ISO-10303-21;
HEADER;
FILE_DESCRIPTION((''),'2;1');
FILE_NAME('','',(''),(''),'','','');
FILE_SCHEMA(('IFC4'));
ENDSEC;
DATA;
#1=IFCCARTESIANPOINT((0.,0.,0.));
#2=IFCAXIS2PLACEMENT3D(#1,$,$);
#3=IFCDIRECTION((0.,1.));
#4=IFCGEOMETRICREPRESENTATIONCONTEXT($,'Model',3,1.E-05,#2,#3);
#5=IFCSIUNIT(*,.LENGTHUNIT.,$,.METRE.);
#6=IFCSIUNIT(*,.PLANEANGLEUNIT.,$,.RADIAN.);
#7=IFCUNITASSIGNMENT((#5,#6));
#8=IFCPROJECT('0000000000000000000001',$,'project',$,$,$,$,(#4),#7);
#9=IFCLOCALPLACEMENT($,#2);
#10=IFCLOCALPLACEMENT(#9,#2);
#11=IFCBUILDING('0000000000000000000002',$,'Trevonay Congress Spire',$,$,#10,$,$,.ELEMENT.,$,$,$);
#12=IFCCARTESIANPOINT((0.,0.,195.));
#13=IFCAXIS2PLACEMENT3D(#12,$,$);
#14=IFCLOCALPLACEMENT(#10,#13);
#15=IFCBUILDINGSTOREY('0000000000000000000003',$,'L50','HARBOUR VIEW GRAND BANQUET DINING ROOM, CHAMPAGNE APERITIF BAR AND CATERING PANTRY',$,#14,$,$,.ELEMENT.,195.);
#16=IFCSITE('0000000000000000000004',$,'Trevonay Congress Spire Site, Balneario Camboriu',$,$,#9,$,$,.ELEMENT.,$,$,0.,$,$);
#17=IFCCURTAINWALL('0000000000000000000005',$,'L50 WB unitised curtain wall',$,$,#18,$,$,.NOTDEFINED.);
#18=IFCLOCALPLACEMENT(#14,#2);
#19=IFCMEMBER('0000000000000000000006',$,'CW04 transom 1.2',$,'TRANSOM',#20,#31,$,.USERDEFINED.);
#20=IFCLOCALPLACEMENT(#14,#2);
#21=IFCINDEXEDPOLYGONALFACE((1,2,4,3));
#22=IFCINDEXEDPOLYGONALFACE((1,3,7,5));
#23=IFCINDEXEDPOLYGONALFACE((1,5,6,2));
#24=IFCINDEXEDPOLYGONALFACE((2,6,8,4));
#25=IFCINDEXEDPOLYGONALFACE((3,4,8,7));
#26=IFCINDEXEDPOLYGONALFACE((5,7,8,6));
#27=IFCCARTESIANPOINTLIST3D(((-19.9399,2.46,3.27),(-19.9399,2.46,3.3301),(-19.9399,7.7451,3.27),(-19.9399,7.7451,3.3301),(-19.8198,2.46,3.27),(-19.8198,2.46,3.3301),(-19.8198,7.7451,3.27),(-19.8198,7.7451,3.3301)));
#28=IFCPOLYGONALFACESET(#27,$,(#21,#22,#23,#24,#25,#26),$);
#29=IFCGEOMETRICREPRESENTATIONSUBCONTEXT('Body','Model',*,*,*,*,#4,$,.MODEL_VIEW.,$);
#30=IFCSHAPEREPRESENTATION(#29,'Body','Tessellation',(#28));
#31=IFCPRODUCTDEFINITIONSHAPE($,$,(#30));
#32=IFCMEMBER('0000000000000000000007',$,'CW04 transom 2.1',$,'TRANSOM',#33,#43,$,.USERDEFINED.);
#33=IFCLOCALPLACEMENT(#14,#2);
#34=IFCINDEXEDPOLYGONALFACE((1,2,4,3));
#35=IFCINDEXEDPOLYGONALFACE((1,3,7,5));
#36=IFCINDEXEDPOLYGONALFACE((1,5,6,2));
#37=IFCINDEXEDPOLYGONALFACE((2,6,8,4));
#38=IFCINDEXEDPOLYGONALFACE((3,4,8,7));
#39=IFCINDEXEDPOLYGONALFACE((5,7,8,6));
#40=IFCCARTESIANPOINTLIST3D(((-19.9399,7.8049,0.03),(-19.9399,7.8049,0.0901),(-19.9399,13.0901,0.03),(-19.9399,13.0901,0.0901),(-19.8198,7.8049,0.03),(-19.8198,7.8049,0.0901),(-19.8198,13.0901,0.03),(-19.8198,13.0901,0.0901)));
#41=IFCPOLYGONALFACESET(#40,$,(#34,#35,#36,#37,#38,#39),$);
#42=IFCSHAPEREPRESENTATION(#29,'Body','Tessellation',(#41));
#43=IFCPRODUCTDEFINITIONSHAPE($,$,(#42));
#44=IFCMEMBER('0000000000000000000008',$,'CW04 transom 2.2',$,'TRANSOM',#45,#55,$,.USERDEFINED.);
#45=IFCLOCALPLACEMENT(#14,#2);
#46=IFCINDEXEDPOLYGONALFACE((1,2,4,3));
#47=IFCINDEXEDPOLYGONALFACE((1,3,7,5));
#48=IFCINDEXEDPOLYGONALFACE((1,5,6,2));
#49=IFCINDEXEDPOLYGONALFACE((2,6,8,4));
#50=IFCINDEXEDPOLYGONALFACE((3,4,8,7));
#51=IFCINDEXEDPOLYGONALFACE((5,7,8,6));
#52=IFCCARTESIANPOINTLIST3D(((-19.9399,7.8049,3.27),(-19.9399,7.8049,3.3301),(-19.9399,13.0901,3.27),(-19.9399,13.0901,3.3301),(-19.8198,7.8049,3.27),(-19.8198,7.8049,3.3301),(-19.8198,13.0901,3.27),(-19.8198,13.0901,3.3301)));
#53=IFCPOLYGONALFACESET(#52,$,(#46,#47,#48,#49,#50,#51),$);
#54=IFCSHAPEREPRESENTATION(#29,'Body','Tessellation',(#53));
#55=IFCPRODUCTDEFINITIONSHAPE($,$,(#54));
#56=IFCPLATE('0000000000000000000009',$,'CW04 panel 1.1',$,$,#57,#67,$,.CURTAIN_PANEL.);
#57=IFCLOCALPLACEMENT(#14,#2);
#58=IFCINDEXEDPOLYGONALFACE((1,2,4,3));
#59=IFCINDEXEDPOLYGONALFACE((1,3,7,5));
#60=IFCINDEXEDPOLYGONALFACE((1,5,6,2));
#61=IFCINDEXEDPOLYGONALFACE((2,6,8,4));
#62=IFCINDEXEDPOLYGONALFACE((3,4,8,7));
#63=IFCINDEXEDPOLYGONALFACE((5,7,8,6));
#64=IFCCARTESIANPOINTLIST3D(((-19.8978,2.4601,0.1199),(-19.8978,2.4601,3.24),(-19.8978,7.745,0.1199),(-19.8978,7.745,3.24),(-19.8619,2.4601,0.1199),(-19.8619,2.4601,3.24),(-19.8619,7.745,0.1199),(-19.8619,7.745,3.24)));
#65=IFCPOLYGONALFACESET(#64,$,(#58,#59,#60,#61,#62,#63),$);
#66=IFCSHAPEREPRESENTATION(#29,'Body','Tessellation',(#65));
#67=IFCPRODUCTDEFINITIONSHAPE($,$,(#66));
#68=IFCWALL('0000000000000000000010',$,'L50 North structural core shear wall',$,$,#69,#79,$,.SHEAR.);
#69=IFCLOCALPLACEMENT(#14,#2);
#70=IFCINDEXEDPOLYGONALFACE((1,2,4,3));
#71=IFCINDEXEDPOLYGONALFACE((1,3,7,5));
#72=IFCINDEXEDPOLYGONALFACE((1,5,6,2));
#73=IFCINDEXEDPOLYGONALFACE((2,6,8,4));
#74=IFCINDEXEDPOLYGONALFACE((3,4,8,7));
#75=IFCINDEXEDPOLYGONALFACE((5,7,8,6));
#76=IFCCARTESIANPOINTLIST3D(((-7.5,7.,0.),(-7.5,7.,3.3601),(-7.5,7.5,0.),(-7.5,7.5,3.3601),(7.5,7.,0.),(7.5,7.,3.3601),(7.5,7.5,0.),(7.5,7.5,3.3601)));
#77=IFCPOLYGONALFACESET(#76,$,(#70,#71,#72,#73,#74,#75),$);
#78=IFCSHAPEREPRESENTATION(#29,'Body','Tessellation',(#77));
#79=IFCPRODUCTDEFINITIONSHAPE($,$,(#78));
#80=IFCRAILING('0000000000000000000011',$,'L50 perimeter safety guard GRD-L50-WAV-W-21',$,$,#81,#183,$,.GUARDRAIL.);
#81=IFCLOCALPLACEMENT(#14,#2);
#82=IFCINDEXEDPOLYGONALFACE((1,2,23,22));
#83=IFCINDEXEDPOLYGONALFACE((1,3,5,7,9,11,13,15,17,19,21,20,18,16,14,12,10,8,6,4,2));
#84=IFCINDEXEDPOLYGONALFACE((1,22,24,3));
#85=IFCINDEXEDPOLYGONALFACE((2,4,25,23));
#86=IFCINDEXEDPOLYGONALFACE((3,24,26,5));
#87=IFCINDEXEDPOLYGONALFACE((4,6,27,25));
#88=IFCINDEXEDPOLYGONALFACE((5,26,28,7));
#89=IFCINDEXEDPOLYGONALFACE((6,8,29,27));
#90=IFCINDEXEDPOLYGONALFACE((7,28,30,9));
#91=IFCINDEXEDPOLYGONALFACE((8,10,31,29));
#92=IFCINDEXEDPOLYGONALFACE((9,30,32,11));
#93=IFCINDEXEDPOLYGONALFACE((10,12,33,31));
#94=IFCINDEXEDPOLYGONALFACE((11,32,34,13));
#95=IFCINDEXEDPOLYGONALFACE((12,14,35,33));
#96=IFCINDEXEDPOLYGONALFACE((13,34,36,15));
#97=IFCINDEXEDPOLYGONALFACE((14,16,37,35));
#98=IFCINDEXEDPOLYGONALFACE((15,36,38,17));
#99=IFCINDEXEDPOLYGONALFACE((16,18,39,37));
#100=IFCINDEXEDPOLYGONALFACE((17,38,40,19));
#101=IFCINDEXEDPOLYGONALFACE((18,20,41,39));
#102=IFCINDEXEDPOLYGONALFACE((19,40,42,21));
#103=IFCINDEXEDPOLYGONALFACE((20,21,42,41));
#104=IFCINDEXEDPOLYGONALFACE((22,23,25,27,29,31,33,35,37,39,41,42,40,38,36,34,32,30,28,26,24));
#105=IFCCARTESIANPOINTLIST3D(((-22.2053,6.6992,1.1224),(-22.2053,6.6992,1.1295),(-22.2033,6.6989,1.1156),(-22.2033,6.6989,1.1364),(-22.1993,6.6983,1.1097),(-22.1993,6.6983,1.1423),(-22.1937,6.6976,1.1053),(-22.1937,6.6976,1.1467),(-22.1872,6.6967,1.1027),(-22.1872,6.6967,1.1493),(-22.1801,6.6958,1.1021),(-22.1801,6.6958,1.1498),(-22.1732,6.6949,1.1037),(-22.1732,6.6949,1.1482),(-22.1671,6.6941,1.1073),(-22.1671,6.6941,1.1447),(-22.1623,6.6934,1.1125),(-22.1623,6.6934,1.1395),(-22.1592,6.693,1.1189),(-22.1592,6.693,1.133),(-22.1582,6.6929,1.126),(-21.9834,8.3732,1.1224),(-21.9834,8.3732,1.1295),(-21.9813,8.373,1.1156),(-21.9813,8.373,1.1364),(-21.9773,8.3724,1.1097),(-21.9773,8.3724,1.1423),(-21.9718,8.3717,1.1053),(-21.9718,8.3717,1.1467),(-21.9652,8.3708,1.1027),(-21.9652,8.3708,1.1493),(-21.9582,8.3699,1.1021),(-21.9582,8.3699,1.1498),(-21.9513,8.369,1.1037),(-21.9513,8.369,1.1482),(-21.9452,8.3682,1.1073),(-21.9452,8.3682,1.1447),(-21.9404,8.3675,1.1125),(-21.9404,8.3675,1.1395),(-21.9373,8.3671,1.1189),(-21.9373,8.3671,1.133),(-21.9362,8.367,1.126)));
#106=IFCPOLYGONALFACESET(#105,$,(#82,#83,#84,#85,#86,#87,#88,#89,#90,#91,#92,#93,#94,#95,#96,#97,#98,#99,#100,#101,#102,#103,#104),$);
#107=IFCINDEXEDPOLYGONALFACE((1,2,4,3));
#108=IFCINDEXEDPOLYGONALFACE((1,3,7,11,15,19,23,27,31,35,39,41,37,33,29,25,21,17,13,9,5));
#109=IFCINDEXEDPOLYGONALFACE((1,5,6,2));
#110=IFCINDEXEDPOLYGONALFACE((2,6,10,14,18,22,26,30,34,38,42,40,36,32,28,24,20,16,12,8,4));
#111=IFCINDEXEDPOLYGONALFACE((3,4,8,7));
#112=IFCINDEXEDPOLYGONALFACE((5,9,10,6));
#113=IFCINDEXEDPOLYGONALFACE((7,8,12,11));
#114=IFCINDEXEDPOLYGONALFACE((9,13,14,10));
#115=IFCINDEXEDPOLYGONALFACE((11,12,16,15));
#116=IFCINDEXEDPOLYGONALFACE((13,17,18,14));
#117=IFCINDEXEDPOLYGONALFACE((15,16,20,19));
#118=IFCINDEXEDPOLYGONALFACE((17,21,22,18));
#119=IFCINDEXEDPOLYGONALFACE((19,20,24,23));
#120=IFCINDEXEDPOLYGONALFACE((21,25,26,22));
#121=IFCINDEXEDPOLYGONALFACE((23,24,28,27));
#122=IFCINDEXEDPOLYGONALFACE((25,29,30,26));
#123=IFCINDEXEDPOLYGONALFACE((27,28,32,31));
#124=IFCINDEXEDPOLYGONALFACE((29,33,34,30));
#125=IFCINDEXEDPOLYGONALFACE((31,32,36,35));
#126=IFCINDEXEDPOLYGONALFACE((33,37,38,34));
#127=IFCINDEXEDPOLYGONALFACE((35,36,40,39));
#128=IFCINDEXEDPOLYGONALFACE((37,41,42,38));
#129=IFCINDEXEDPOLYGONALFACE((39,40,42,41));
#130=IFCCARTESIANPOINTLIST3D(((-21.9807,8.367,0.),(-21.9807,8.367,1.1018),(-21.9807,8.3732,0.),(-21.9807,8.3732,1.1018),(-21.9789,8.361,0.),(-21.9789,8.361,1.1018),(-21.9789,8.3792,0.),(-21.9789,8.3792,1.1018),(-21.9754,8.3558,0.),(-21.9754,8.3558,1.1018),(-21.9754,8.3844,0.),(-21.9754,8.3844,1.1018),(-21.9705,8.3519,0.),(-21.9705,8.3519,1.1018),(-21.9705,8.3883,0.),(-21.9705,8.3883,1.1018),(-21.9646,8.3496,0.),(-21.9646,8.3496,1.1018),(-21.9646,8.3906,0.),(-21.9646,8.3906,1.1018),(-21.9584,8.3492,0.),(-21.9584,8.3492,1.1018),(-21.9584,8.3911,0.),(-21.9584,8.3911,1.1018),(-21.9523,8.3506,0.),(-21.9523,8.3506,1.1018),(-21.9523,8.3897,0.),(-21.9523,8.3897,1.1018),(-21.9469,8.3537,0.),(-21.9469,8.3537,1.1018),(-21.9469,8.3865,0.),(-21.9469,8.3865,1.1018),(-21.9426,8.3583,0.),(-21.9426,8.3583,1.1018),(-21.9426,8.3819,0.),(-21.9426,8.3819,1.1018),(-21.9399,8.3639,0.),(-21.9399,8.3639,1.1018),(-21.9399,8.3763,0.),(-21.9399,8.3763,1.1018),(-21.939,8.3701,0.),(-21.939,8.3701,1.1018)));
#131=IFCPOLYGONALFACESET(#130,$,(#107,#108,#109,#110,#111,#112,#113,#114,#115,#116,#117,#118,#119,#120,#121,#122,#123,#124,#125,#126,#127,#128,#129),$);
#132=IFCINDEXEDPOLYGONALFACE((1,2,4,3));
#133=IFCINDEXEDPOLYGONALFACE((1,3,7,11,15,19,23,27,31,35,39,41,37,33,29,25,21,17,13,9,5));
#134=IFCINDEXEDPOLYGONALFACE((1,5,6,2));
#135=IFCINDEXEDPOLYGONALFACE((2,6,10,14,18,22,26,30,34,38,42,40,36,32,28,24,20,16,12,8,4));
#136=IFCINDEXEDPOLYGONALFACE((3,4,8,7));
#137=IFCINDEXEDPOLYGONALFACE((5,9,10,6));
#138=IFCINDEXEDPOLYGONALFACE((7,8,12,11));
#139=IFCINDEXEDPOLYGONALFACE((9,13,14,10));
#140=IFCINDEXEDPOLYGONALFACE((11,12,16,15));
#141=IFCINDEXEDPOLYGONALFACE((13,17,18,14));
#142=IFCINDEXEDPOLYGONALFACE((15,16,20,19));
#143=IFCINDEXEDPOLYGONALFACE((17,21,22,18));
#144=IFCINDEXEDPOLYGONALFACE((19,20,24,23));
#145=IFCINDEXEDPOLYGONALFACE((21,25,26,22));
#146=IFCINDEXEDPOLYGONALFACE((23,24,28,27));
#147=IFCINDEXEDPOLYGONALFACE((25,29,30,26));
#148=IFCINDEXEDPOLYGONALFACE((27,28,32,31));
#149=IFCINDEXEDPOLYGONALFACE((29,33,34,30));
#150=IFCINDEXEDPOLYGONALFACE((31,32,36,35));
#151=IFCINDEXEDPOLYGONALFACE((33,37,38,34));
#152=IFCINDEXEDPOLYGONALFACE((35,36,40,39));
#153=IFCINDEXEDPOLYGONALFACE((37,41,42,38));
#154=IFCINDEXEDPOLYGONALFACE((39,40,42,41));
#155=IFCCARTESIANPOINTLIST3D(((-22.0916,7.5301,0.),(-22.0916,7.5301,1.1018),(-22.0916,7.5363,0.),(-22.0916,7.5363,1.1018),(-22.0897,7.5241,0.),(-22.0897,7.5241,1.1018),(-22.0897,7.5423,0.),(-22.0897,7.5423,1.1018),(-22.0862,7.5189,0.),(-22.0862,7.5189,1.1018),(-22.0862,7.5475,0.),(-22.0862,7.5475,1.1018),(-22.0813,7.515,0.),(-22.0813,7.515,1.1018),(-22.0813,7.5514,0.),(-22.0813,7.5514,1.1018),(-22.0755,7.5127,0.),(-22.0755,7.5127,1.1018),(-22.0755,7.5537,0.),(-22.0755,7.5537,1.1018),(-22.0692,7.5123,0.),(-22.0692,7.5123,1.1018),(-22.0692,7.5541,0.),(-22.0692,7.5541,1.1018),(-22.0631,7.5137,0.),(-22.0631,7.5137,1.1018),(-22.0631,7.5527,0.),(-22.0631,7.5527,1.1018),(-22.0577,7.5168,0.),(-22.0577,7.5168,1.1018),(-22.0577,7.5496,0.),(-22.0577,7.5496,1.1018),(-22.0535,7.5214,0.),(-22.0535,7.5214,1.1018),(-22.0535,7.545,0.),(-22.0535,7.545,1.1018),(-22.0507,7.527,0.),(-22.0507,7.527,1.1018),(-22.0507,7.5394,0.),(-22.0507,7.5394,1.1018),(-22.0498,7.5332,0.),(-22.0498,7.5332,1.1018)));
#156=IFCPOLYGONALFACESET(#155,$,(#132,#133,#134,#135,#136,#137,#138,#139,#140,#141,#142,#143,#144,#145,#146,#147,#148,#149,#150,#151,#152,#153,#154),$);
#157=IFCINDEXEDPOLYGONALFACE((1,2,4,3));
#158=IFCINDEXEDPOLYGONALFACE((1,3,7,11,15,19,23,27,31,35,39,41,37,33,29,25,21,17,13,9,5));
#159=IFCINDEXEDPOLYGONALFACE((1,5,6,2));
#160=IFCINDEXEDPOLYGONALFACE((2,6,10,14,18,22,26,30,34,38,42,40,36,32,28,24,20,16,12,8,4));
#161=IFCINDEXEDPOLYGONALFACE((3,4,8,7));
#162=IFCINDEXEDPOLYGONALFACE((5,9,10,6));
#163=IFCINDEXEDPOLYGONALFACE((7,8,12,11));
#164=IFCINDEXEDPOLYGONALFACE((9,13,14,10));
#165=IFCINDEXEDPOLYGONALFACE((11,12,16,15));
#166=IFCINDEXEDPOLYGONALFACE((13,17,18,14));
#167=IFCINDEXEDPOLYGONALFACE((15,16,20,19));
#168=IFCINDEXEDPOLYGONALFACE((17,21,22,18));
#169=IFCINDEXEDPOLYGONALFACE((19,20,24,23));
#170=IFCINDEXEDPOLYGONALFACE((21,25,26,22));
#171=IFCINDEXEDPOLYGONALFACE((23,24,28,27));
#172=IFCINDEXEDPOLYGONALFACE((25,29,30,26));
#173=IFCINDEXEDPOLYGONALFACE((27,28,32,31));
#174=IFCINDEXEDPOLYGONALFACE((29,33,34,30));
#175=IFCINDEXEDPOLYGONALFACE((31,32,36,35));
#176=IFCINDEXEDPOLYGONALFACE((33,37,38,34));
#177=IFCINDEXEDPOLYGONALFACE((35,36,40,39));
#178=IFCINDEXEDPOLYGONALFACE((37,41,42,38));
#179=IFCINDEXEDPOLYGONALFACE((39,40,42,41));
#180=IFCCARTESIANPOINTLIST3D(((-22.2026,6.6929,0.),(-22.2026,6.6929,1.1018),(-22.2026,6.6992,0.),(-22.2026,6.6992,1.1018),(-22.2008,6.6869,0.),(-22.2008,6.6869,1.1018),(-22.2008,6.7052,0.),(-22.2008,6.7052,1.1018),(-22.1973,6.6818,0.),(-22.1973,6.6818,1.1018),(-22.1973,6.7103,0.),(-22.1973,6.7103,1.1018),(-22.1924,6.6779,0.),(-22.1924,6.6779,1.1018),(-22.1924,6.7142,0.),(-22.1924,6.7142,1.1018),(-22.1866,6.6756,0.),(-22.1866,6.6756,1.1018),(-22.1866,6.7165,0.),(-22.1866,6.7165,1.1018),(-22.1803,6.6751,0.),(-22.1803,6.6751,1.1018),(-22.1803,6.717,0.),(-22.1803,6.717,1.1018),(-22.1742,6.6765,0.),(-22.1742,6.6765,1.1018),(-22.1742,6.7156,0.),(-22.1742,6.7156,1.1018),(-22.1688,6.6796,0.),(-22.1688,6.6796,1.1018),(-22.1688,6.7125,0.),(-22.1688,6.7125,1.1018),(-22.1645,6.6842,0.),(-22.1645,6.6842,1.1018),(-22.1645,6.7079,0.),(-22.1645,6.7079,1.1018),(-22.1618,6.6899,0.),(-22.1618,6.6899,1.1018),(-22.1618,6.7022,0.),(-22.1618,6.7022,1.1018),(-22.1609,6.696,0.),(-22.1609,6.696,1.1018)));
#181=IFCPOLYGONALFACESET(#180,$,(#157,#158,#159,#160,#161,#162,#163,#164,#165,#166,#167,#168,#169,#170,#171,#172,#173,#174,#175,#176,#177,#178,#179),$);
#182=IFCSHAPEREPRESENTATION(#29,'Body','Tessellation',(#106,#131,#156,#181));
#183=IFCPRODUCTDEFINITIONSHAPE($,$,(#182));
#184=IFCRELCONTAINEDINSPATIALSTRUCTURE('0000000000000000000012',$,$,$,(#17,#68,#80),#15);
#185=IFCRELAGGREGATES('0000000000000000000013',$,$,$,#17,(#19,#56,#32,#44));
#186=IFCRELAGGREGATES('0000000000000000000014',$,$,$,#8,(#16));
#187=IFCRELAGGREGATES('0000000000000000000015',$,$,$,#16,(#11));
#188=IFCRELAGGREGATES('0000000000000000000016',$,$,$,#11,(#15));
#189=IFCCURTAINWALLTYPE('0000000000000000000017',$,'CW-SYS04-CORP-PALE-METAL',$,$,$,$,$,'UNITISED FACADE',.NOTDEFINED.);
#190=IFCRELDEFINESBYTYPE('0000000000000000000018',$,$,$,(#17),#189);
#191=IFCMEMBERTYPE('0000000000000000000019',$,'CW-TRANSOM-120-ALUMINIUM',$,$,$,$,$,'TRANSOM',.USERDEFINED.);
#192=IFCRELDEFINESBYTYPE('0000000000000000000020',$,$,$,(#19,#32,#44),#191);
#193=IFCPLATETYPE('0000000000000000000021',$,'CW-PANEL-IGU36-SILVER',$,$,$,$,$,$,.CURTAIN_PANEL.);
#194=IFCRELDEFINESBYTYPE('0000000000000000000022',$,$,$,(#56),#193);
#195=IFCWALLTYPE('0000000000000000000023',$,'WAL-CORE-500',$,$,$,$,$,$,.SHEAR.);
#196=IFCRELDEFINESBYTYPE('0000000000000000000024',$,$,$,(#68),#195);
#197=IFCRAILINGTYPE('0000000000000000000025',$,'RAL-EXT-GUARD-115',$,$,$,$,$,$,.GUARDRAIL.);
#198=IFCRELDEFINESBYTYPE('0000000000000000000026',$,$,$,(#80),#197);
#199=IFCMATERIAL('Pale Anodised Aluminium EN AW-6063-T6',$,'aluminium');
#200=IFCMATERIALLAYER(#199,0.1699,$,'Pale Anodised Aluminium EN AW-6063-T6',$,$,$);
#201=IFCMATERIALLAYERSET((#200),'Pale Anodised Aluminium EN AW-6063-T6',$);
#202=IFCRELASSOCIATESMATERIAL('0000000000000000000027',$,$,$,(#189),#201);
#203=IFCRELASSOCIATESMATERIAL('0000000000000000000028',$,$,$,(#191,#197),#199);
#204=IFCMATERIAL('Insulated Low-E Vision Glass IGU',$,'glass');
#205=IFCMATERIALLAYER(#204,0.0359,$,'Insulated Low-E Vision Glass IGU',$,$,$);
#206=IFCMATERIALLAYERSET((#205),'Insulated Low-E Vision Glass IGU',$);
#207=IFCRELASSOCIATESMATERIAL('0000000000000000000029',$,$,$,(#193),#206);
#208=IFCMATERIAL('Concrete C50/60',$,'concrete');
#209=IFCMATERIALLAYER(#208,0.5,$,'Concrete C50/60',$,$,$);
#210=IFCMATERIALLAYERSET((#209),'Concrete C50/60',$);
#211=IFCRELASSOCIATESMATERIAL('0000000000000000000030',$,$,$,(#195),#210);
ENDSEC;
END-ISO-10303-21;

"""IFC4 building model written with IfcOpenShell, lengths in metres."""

from ifc_helpers import new_model, si_unit, direction, frame, frame_2d, origin, origin_2d, place, context, subcontext, project, spatial, rectangle, circle, extrude, material, layer, layer_set, material_profile, profile_set, type_object, element, aggregate, save


model = new_model("IFC4")

# Units and contexts
model_context = context("Model", 3, precision=1e-05, world=origin(), true_north=direction((0.0, 1.0)))
body_context = subcontext(model_context, "Body", "Model", "MODEL_VIEW")
ifc_project = project(units=[si_unit("LENGTHUNIT", "METRE"), si_unit("PLANEANGLEUNIT", "RADIAN")], contexts=[model_context])

# Site, building, storey
site_placement = place(None, origin())
site = spatial("IfcSite", under=ifc_project, at=site_placement, Name="Trevonay Congress Spire Site, Balneario Camboriu", CompositionType="ELEMENT", RefElevation=0.0)
building_placement = place(site_placement, origin())
building = spatial("IfcBuilding", under=site, at=building_placement, Name="Trevonay Congress Spire", CompositionType="ELEMENT")
storey_placement = place(building_placement, frame((0.0, 0.0, 195.0)))
storey = spatial("IfcBuildingStorey", under=building, at=storey_placement, Name="L50", Description="HARBOUR VIEW GRAND BANQUET DINING ROOM, CHAMPAGNE APERITIF BAR AND CATERING PANTRY", CompositionType="ELEMENT", Elevation=195.0)

# Curtain wall, members, plate
ifc_material_1 = material(Name="Pale Anodised Aluminium EN AW-6063-T6", Category="aluminium")
ifc_layer_1 = layer(ifc_material_1, 0.1699, Name="Pale Anodised Aluminium EN AW-6063-T6")
ifc_layer_set_1 = layer_set([ifc_layer_1], Name="Pale Anodised Aluminium EN AW-6063-T6")
curtain_wall_type = type_object("IfcCurtainWallType", Name="CW-SYS04-CORP-PALE-METAL", ElementType="UNITISED FACADE", PredefinedType="NOTDEFINED", material=ifc_layer_set_1)
curtain_wall_placement = place(storey_placement, origin())
curtain_wall = element("IfcCurtainWall", 1, at=curtain_wall_placement, inside=storey, type_object=curtain_wall_type, Name="L50 WB unitised curtain wall", PredefinedType="NOTDEFINED")
ifc_material_profile_1 = material_profile(ifc_material_1, rectangle(XDim=0.1201, YDim=0.0601, at=origin_2d()), Name="CW-TRANSOM-120-ALUMINIUM")
ifc_profile_set_1 = profile_set([ifc_material_profile_1], Name="Pale Anodised Aluminium EN AW-6063-T6")
member_type_1 = type_object("IfcMemberType", Name="CW-TRANSOM-120-ALUMINIUM", ElementType="TRANSOM", PredefinedType="USERDEFINED", material=ifc_profile_set_1)
member_1_placement = place(storey_placement, frame((-19.8799, 2.46, 3.3), z_axis=(0.0, 1.0, 0.0), x_axis=(-1.0, 0.0, 0.0)))
member_1 = element("IfcMember", 2, at=member_1_placement, type_object=member_type_1, Name="CW04 transom 1.2", ObjectType="TRANSOM", PredefinedType="USERDEFINED", context=body_context, shape_type="SweptSolid", body=[
    extrude(rectangle(XDim=0.1201, YDim=0.0601, at=origin_2d()), origin(), (0.0, 0.0, 1.0), 5.2852),
])
member_2_placement = place(storey_placement, frame((-19.8799, 7.8049, 0.0601), z_axis=(0.0, 1.0, 0.0), x_axis=(-1.0, 0.0, 0.0)))
member_2 = element("IfcMember", 3, at=member_2_placement, type_object=member_type_1, Name="CW04 transom 2.1", ObjectType="TRANSOM", PredefinedType="USERDEFINED", context=body_context, shape_type="SweptSolid", body=[
    extrude(rectangle(XDim=0.1201, YDim=0.0601, at=origin_2d()), origin(), (0.0, 0.0, 1.0), 5.2852),
])
member_3_placement = place(storey_placement, frame((-19.8799, 7.8049, 3.3), z_axis=(0.0, 1.0, 0.0), x_axis=(-1.0, 0.0, 0.0)))
member_3 = element("IfcMember", 4, at=member_3_placement, type_object=member_type_1, Name="CW04 transom 2.2", ObjectType="TRANSOM", PredefinedType="USERDEFINED", context=body_context, shape_type="SweptSolid", body=[
    extrude(rectangle(XDim=0.1201, YDim=0.0601, at=origin_2d()), origin(), (0.0, 0.0, 1.0), 5.2852),
])
ifc_material_2 = material(Name="Insulated Low-E Vision Glass IGU", Category="glass")
ifc_layer_2 = layer(ifc_material_2, 0.0359, Name="Insulated Low-E Vision Glass IGU")
ifc_layer_set_2 = layer_set([ifc_layer_2], Name="Insulated Low-E Vision Glass IGU")
plate_type = type_object("IfcPlateType", Name="CW-PANEL-IGU36-SILVER", PredefinedType="CURTAIN_PANEL", material=ifc_layer_set_2)
plate_placement = place(storey_placement, frame((-19.8799, 5.1025, 0.1199), z_axis=(0.0, 0.0, 1.0), x_axis=(0.0, 1.0, 0.0)))
plate = element("IfcPlate", 5, at=plate_placement, type_object=plate_type, Name="CW04 panel 1.1", PredefinedType="CURTAIN_PANEL", context=body_context, shape_type="SweptSolid", body=[
    extrude(rectangle(XDim=5.2849, YDim=0.0359, at=origin_2d()), origin(), (0.0, 0.0, 1.0), 3.1201),
])
aggregate(curtain_wall, [member_1, plate, member_2, member_3])

# Wall
ifc_material_3 = material(Name="Concrete C50/60", Category="concrete")
ifc_layer_3 = layer(ifc_material_3, 0.5, Name="Concrete C50/60")
ifc_layer_set_3 = layer_set([ifc_layer_3], Name="Concrete C50/60")
wall_type = type_object("IfcWallType", Name="WAL-CORE-500", PredefinedType="SHEAR", material=ifc_layer_set_3)
wall_placement = place(storey_placement, frame((-7.5, 7.25, 0.0), z_axis=(0.0, 0.0, 1.0), x_axis=(1.0, 0.0, 0.0)))
element("IfcWall", 6, at=wall_placement, inside=storey, type_object=wall_type, Name="L50 North structural core shear wall", PredefinedType="SHEAR", context=body_context, shape_type="SweptSolid", body=[
    extrude(rectangle(XDim=15.0, YDim=0.5, at=frame_2d((7.5, 0.0))), origin(), (0.0, 0.0, 1.0), 3.3601),
])

# Railing
railing_type = type_object("IfcRailingType", Name="RAL-EXT-GUARD-115", PredefinedType="GUARDRAIL", material=ifc_material_1)
railing_1_placement = place(storey_placement, frame((-21.96, 8.3701, 0.0)))
element("IfcRailing", 7, at=railing_1_placement, inside=storey, type_object=railing_type, Name="L50 perimeter safety guard GRD-L50-WAV-W-21", PredefinedType="GUARDRAIL", context=body_context, shape_type="SweptSolid", body=[
    extrude(circle(Radius=0.0239, at=origin_2d()), frame((0.0, 0.0, 1.126), z_axis=(-0.131416, -0.991327, 0.0), x_axis=(0.991327, -0.131416, 0.0)), (0.0, 0.0, 1.0), 1.6887),
    extrude(circle(Radius=0.021, at=origin_2d()), origin(), (0.0, 0.0, 1.0), 1.1018),
    extrude(circle(Radius=0.021, at=origin_2d()), frame((-0.1108, -0.8369, 0.0)), (0.0, 0.0, 1.0), 1.1018),
    extrude(circle(Radius=0.021, at=origin_2d()), frame((-0.2219, -1.6741, 0.0)), (0.0, 0.0, 1.0), 1.1018),
])

save(model, "model.ifc")
